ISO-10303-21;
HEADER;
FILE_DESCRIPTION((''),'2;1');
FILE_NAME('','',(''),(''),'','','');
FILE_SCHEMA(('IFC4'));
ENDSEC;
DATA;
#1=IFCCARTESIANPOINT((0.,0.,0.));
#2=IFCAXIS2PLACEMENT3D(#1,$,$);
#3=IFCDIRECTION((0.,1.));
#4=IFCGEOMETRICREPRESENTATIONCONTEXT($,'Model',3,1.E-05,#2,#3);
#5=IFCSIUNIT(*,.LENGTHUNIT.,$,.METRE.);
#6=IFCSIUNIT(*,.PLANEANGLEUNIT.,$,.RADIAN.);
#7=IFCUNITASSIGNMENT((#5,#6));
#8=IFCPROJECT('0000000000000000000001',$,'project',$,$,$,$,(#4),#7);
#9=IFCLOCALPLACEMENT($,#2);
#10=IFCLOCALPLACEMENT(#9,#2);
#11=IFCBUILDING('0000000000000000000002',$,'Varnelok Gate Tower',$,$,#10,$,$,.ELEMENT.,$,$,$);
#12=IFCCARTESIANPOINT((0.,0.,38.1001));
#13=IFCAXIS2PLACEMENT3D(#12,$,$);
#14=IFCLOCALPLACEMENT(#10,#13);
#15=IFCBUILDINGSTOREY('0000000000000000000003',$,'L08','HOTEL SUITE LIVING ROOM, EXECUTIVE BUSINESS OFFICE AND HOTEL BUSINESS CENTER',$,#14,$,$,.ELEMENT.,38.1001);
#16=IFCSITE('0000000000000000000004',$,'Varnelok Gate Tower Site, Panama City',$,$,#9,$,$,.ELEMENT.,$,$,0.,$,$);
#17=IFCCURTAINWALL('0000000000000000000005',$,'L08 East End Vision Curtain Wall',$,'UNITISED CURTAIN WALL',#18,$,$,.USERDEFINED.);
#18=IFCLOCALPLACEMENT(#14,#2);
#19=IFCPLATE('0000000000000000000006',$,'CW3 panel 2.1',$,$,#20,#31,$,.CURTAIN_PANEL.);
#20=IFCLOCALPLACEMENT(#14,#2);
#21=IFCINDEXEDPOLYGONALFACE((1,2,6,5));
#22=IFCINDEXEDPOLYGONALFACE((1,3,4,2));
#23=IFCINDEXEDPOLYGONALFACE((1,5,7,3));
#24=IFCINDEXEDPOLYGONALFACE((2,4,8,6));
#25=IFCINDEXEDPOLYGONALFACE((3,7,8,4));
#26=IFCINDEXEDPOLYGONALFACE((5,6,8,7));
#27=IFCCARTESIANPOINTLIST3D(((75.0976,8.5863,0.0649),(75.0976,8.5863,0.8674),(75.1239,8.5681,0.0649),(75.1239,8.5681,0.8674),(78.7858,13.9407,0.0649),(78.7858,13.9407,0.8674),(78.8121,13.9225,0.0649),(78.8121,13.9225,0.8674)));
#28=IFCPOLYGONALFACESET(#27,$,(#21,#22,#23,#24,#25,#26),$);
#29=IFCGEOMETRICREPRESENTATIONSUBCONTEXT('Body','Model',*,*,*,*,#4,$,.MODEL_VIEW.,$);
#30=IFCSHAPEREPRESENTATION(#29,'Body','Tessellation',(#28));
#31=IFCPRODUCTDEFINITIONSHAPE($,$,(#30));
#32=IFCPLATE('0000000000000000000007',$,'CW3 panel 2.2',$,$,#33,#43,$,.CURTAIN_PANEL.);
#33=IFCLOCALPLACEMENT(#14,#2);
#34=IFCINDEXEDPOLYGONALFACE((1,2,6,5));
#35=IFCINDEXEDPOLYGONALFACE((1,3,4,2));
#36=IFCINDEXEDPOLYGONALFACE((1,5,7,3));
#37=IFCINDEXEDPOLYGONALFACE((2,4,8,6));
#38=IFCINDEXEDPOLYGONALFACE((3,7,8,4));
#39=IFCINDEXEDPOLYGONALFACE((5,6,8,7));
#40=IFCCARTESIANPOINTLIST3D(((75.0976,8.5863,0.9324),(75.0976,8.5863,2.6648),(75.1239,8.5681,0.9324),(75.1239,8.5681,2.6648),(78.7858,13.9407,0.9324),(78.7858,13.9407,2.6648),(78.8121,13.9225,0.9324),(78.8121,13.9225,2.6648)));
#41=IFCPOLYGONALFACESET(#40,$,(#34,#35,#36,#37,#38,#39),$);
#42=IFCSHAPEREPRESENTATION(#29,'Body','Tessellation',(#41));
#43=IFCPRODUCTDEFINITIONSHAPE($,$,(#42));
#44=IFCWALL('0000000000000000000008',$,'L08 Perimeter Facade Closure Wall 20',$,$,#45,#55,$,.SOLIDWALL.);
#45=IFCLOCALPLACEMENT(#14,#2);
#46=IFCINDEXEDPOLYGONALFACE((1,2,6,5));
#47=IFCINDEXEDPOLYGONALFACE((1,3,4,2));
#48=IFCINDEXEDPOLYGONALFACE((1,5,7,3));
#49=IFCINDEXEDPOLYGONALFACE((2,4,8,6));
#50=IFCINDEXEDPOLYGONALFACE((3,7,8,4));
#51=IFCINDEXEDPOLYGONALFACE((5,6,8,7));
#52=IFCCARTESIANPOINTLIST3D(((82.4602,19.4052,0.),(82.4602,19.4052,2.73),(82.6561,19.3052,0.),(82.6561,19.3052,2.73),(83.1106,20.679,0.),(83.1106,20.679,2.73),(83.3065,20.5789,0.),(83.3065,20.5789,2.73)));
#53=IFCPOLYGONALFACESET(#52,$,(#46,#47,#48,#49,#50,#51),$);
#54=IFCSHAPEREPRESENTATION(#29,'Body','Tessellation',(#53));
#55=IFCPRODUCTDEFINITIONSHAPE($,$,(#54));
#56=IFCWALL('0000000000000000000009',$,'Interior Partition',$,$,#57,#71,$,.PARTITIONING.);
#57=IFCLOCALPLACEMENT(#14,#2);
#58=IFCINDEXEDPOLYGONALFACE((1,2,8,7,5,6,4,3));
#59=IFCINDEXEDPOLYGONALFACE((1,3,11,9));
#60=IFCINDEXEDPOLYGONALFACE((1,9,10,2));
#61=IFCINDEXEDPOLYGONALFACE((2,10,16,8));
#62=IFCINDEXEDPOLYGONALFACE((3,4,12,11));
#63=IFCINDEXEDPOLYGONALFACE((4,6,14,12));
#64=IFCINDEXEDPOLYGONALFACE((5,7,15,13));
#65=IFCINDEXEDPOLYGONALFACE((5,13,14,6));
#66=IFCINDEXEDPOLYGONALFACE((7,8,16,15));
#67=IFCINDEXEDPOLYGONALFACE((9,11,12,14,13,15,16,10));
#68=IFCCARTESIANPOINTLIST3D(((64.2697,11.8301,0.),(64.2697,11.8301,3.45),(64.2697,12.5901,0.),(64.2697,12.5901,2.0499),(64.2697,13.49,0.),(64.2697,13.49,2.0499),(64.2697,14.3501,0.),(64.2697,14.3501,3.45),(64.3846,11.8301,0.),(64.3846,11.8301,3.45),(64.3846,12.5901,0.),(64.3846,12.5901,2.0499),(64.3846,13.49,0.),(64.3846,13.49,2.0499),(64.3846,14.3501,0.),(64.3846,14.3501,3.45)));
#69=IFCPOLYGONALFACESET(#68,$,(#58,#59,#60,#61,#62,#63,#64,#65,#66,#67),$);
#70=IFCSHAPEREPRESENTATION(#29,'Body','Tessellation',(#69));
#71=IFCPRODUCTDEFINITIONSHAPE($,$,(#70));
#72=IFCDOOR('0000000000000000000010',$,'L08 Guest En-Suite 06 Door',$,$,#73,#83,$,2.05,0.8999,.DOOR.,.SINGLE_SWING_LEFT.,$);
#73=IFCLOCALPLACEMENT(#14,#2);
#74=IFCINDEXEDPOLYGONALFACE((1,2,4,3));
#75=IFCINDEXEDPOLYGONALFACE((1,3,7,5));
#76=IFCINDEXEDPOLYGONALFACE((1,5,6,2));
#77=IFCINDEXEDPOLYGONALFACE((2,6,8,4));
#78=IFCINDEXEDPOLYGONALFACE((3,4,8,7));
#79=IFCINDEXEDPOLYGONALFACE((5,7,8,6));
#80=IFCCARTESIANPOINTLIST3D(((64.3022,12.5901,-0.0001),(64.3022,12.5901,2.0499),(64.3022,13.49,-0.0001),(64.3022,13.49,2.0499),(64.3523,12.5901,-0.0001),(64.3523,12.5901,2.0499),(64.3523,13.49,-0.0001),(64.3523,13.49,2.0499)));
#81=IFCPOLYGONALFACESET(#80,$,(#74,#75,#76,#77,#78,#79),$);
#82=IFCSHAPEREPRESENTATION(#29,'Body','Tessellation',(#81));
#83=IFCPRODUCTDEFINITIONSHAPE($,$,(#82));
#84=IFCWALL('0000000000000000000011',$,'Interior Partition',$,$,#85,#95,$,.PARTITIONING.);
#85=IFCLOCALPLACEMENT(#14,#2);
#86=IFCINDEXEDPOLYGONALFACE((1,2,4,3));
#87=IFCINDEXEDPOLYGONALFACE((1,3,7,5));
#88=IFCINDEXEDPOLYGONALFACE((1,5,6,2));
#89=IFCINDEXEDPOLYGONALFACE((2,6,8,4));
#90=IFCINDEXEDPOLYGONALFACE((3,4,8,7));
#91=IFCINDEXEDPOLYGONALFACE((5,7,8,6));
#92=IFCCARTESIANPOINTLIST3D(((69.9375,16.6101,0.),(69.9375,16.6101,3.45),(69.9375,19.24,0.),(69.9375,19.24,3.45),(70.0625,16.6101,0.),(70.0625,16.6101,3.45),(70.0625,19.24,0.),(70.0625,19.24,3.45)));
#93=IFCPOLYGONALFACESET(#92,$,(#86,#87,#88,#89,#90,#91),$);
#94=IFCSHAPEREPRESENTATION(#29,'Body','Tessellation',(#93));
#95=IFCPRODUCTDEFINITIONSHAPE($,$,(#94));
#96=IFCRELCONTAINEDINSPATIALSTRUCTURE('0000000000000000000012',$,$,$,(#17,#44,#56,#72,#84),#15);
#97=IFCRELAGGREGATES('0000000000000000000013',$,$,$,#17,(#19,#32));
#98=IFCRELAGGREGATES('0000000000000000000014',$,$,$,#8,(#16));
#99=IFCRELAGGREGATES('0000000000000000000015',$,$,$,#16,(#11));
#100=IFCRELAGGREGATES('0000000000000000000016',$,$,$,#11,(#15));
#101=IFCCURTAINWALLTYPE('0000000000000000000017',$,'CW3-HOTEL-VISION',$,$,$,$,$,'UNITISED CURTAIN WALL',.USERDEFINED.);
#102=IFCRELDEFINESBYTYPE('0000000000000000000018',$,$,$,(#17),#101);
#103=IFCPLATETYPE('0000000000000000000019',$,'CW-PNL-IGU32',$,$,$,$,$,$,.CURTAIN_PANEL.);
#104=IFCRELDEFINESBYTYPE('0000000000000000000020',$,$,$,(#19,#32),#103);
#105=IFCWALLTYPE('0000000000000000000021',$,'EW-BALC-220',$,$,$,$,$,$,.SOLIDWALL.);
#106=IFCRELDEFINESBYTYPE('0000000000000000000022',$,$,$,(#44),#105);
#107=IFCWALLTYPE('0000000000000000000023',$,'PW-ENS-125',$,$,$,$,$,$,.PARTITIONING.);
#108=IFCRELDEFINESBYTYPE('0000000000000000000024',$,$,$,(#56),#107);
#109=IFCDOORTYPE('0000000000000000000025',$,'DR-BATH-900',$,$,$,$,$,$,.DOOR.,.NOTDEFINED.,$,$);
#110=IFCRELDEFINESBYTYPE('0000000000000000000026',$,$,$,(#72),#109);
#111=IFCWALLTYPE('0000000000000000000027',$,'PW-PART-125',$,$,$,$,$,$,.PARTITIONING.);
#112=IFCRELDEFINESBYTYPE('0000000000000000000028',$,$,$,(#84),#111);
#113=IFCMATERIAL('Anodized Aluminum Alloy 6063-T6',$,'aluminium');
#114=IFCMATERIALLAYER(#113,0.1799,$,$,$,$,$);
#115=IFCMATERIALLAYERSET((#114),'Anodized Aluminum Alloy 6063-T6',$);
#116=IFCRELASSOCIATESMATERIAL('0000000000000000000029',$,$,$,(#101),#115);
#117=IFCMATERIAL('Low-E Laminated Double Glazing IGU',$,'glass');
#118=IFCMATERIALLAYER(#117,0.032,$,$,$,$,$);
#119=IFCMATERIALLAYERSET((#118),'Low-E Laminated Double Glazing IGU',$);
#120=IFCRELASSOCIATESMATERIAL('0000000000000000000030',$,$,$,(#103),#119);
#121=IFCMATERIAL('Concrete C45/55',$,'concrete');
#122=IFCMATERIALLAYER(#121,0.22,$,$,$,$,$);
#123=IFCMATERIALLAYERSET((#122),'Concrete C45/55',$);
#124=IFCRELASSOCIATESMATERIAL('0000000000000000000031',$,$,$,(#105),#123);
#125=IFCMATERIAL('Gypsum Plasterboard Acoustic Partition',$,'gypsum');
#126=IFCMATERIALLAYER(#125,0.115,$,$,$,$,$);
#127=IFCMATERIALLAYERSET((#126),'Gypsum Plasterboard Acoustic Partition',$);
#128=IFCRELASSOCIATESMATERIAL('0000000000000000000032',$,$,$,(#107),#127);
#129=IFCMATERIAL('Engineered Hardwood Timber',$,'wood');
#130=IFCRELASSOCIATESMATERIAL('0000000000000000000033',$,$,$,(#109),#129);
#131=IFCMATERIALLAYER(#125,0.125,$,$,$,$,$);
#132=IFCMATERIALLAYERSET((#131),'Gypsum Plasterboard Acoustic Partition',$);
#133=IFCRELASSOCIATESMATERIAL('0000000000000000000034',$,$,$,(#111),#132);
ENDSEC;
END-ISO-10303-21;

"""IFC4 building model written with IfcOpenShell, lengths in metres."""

from ifc_helpers import new_model, si_unit, direction, frame, frame_2d, origin, origin_2d, place, context, subcontext, project, spatial, rectangle, extrude, source, transform, mapped, material, layer, layer_set, type_object, element, fill, aggregate, save


model = new_model("IFC4")

# Units and contexts
model_context = context("Model", 3, precision=1e-05, world=origin(), true_north=direction((0.0, 1.0)))
body_context = subcontext(model_context, "Body", "Model", "MODEL_VIEW")
ifc_project = project(units=[si_unit("LENGTHUNIT", "METRE"), si_unit("PLANEANGLEUNIT", "RADIAN")], contexts=[model_context])

# Site, building, storey
site_placement = place(None, origin())
site = spatial("IfcSite", under=ifc_project, at=site_placement, Name="Varnelok Gate Tower Site, Panama City", CompositionType="ELEMENT", RefElevation=0.0)
building_placement = place(site_placement, origin())
building = spatial("IfcBuilding", under=site, at=building_placement, Name="Varnelok Gate Tower", CompositionType="ELEMENT")
storey_placement = place(building_placement, frame((0.0, 0.0, 38.1001)))
storey = spatial("IfcBuildingStorey", under=building, at=storey_placement, Name="L08", Description="HOTEL SUITE LIVING ROOM, EXECUTIVE BUSINESS OFFICE AND HOTEL BUSINESS CENTER", CompositionType="ELEMENT", Elevation=38.1001)

# Curtain wall, plates
ifc_material_1 = material(Name="Anodized Aluminum Alloy 6063-T6", Category="aluminium")
ifc_layer_1 = layer(ifc_material_1, 0.1799)
ifc_layer_set_1 = layer_set([ifc_layer_1], Name="Anodized Aluminum Alloy 6063-T6")
curtain_wall_type = type_object("IfcCurtainWallType", Name="CW3-HOTEL-VISION", ElementType="UNITISED CURTAIN WALL", PredefinedType="USERDEFINED", material=ifc_layer_set_1)
curtain_wall_placement = place(storey_placement, origin())
curtain_wall = element("IfcCurtainWall", 1, at=curtain_wall_placement, inside=storey, type_object=curtain_wall_type, Name="L08 East End Vision Curtain Wall", ObjectType="UNITISED CURTAIN WALL", PredefinedType="USERDEFINED")
ifc_material_2 = material(Name="Low-E Laminated Double Glazing IGU", Category="glass")
ifc_layer_2 = layer(ifc_material_2, 0.032)
ifc_layer_set_2 = layer_set([ifc_layer_2], Name="Low-E Laminated Double Glazing IGU")
plate_type = type_object("IfcPlateType", Name="CW-PNL-IGU32", PredefinedType="CURTAIN_PANEL", material=ifc_layer_set_2)
shared_shape_1 = source(origin(), body_context, "Body", "SweptSolid", [
    extrude(rectangle(XDim=6.5017, YDim=0.032, at=origin_2d()), origin(), (0.0, 0.0, 1.0), 0.8025),
])
plate_1_placement = place(storey_placement, frame((76.9548, 11.2544, 0.0649), z_axis=(0.0, 0.0, 1.0), x_axis=(-0.567269, -0.823533, 0.0)))
plate_1 = element("IfcPlate", 2, at=plate_1_placement, type_object=plate_type, Name="CW3 panel 2.1", PredefinedType="CURTAIN_PANEL", context=body_context, shape_type="MappedRepresentation", body=[
    mapped(shared_shape_1, transform((0.0, 0.0, 0.0), scale=1.0)),
])
shared_shape_2 = source(origin(), body_context, "Body", "SweptSolid", [
    extrude(rectangle(XDim=6.5017, YDim=0.032, at=origin_2d()), origin(), (0.0, 0.0, 1.0), 1.7324),
])
plate_2_placement = place(storey_placement, frame((76.9548, 11.2544, 0.9324), z_axis=(0.0, 0.0, 1.0), x_axis=(-0.567269, -0.823533, 0.0)))
plate_2 = element("IfcPlate", 3, at=plate_2_placement, type_object=plate_type, Name="CW3 panel 2.2", PredefinedType="CURTAIN_PANEL", context=body_context, shape_type="MappedRepresentation", body=[
    mapped(shared_shape_2, transform((0.0, 0.0, 0.0), scale=1.0)),
])
aggregate(curtain_wall, [plate_1, plate_2])

# Wall
ifc_material_3 = material(Name="Concrete C45/55", Category="concrete")
ifc_layer_3 = layer(ifc_material_3, 0.22)
ifc_layer_set_3 = layer_set([ifc_layer_3], Name="Concrete C45/55")
wall_type_1 = type_object("IfcWallType", Name="EW-BALC-220", PredefinedType="SOLIDWALL", material=ifc_layer_set_3)
wall_1_placement = place(storey_placement, frame((82.5581, 19.3552, 0.0), z_axis=(0.0, 0.0, 1.0), x_axis=(0.454777, 0.890605, 0.0)))
element("IfcWall", 4, at=wall_1_placement, inside=storey, type_object=wall_type_1, Name="L08 Perimeter Facade Closure Wall 20", PredefinedType="SOLIDWALL", context=body_context, shape_type="SweptSolid", body=[
    extrude(rectangle(XDim=1.4302, YDim=0.22, at=frame_2d((0.7151, 0.0))), origin(), (0.0, 0.0, 1.0), 2.73),
])

# Wall, opening, door
ifc_material_4 = material(Name="Gypsum Plasterboard Acoustic Partition", Category="gypsum")
ifc_layer_4 = layer(ifc_material_4, 0.115)
ifc_layer_set_4 = layer_set([ifc_layer_4], Name="Gypsum Plasterboard Acoustic Partition")
wall_type_2 = type_object("IfcWallType", Name="PW-ENS-125", PredefinedType="PARTITIONING", material=ifc_layer_set_4)
wall_2_placement = place(storey_placement, frame((64.3271, 11.8301, 0.0), z_axis=(0.0, 0.0, 1.0), x_axis=(0.0, 1.0, 0.0)))
wall_2 = element("IfcWall", 5, at=wall_2_placement, inside=storey, type_object=wall_type_2, Name="Interior Partition", PredefinedType="PARTITIONING", context=body_context, shape_type="SweptSolid", body=[
    extrude(rectangle(XDim=2.52, YDim=0.115, at=frame_2d((1.26, 0.0))), origin(), (0.0, 0.0, 1.0), 3.45),
])
opening_placement = place(wall_2_placement, frame((0.76, 0.0, 0.0)))
opening = element("IfcOpeningElement", 6, at=opening_placement, cuts=wall_2, PredefinedType="OPENING", context=body_context, shape_type="SweptSolid", body=[
    extrude(rectangle(XDim=0.8999, YDim=2.05, at=frame_2d((0.45, 1.0249))), frame((0.0, 0.0674, 0.0), z_axis=(0.0, -1.0, 0.0), x_axis=(1.0, 0.0, 0.0)), (0.0, 0.0, 1.0), 0.135),
])
ifc_material_5 = material(Name="Engineered Hardwood Timber", Category="wood")
door_type = type_object("IfcDoorType", Name="DR-BATH-900", OperationType="NOTDEFINED", PredefinedType="DOOR", material=ifc_material_5)
door_placement = place(opening_placement, origin())
door = element("IfcDoor", 7, at=door_placement, inside=storey, type_object=door_type, Name="L08 Guest En-Suite 06 Door", OperationType="SINGLE_SWING_LEFT", OverallHeight=2.05, OverallWidth=0.8999, PredefinedType="DOOR", context=body_context, shape_type="SweptSolid", body=[
    extrude(rectangle(XDim=0.8999, YDim=2.05, at=frame_2d((0.45, 1.0249))), frame((0.0, 0.0249, 0.0), z_axis=(0.0, -1.0, 0.0), x_axis=(1.0, 0.0, 0.0)), (0.0, 0.0, 1.0), 0.05),
])
fill(opening, door)

# Wall
ifc_layer_5 = layer(ifc_material_4, 0.125)
ifc_layer_set_5 = layer_set([ifc_layer_5], Name="Gypsum Plasterboard Acoustic Partition")
wall_type_3 = type_object("IfcWallType", Name="PW-PART-125", PredefinedType="PARTITIONING", material=ifc_layer_set_5)
wall_3_placement = place(storey_placement, frame((70.0, 16.6101, 0.0), z_axis=(0.0, 0.0, 1.0), x_axis=(0.0, 1.0, 0.0)))
element("IfcWall", 8, at=wall_3_placement, inside=storey, type_object=wall_type_3, Name="Interior Partition", PredefinedType="PARTITIONING", context=body_context, shape_type="SweptSolid", body=[
    extrude(rectangle(XDim=2.6299, YDim=0.125, at=frame_2d((1.3149, 0.0))), origin(), (0.0, 0.0, 1.0), 3.45),
])

save(model, "model.ifc")
